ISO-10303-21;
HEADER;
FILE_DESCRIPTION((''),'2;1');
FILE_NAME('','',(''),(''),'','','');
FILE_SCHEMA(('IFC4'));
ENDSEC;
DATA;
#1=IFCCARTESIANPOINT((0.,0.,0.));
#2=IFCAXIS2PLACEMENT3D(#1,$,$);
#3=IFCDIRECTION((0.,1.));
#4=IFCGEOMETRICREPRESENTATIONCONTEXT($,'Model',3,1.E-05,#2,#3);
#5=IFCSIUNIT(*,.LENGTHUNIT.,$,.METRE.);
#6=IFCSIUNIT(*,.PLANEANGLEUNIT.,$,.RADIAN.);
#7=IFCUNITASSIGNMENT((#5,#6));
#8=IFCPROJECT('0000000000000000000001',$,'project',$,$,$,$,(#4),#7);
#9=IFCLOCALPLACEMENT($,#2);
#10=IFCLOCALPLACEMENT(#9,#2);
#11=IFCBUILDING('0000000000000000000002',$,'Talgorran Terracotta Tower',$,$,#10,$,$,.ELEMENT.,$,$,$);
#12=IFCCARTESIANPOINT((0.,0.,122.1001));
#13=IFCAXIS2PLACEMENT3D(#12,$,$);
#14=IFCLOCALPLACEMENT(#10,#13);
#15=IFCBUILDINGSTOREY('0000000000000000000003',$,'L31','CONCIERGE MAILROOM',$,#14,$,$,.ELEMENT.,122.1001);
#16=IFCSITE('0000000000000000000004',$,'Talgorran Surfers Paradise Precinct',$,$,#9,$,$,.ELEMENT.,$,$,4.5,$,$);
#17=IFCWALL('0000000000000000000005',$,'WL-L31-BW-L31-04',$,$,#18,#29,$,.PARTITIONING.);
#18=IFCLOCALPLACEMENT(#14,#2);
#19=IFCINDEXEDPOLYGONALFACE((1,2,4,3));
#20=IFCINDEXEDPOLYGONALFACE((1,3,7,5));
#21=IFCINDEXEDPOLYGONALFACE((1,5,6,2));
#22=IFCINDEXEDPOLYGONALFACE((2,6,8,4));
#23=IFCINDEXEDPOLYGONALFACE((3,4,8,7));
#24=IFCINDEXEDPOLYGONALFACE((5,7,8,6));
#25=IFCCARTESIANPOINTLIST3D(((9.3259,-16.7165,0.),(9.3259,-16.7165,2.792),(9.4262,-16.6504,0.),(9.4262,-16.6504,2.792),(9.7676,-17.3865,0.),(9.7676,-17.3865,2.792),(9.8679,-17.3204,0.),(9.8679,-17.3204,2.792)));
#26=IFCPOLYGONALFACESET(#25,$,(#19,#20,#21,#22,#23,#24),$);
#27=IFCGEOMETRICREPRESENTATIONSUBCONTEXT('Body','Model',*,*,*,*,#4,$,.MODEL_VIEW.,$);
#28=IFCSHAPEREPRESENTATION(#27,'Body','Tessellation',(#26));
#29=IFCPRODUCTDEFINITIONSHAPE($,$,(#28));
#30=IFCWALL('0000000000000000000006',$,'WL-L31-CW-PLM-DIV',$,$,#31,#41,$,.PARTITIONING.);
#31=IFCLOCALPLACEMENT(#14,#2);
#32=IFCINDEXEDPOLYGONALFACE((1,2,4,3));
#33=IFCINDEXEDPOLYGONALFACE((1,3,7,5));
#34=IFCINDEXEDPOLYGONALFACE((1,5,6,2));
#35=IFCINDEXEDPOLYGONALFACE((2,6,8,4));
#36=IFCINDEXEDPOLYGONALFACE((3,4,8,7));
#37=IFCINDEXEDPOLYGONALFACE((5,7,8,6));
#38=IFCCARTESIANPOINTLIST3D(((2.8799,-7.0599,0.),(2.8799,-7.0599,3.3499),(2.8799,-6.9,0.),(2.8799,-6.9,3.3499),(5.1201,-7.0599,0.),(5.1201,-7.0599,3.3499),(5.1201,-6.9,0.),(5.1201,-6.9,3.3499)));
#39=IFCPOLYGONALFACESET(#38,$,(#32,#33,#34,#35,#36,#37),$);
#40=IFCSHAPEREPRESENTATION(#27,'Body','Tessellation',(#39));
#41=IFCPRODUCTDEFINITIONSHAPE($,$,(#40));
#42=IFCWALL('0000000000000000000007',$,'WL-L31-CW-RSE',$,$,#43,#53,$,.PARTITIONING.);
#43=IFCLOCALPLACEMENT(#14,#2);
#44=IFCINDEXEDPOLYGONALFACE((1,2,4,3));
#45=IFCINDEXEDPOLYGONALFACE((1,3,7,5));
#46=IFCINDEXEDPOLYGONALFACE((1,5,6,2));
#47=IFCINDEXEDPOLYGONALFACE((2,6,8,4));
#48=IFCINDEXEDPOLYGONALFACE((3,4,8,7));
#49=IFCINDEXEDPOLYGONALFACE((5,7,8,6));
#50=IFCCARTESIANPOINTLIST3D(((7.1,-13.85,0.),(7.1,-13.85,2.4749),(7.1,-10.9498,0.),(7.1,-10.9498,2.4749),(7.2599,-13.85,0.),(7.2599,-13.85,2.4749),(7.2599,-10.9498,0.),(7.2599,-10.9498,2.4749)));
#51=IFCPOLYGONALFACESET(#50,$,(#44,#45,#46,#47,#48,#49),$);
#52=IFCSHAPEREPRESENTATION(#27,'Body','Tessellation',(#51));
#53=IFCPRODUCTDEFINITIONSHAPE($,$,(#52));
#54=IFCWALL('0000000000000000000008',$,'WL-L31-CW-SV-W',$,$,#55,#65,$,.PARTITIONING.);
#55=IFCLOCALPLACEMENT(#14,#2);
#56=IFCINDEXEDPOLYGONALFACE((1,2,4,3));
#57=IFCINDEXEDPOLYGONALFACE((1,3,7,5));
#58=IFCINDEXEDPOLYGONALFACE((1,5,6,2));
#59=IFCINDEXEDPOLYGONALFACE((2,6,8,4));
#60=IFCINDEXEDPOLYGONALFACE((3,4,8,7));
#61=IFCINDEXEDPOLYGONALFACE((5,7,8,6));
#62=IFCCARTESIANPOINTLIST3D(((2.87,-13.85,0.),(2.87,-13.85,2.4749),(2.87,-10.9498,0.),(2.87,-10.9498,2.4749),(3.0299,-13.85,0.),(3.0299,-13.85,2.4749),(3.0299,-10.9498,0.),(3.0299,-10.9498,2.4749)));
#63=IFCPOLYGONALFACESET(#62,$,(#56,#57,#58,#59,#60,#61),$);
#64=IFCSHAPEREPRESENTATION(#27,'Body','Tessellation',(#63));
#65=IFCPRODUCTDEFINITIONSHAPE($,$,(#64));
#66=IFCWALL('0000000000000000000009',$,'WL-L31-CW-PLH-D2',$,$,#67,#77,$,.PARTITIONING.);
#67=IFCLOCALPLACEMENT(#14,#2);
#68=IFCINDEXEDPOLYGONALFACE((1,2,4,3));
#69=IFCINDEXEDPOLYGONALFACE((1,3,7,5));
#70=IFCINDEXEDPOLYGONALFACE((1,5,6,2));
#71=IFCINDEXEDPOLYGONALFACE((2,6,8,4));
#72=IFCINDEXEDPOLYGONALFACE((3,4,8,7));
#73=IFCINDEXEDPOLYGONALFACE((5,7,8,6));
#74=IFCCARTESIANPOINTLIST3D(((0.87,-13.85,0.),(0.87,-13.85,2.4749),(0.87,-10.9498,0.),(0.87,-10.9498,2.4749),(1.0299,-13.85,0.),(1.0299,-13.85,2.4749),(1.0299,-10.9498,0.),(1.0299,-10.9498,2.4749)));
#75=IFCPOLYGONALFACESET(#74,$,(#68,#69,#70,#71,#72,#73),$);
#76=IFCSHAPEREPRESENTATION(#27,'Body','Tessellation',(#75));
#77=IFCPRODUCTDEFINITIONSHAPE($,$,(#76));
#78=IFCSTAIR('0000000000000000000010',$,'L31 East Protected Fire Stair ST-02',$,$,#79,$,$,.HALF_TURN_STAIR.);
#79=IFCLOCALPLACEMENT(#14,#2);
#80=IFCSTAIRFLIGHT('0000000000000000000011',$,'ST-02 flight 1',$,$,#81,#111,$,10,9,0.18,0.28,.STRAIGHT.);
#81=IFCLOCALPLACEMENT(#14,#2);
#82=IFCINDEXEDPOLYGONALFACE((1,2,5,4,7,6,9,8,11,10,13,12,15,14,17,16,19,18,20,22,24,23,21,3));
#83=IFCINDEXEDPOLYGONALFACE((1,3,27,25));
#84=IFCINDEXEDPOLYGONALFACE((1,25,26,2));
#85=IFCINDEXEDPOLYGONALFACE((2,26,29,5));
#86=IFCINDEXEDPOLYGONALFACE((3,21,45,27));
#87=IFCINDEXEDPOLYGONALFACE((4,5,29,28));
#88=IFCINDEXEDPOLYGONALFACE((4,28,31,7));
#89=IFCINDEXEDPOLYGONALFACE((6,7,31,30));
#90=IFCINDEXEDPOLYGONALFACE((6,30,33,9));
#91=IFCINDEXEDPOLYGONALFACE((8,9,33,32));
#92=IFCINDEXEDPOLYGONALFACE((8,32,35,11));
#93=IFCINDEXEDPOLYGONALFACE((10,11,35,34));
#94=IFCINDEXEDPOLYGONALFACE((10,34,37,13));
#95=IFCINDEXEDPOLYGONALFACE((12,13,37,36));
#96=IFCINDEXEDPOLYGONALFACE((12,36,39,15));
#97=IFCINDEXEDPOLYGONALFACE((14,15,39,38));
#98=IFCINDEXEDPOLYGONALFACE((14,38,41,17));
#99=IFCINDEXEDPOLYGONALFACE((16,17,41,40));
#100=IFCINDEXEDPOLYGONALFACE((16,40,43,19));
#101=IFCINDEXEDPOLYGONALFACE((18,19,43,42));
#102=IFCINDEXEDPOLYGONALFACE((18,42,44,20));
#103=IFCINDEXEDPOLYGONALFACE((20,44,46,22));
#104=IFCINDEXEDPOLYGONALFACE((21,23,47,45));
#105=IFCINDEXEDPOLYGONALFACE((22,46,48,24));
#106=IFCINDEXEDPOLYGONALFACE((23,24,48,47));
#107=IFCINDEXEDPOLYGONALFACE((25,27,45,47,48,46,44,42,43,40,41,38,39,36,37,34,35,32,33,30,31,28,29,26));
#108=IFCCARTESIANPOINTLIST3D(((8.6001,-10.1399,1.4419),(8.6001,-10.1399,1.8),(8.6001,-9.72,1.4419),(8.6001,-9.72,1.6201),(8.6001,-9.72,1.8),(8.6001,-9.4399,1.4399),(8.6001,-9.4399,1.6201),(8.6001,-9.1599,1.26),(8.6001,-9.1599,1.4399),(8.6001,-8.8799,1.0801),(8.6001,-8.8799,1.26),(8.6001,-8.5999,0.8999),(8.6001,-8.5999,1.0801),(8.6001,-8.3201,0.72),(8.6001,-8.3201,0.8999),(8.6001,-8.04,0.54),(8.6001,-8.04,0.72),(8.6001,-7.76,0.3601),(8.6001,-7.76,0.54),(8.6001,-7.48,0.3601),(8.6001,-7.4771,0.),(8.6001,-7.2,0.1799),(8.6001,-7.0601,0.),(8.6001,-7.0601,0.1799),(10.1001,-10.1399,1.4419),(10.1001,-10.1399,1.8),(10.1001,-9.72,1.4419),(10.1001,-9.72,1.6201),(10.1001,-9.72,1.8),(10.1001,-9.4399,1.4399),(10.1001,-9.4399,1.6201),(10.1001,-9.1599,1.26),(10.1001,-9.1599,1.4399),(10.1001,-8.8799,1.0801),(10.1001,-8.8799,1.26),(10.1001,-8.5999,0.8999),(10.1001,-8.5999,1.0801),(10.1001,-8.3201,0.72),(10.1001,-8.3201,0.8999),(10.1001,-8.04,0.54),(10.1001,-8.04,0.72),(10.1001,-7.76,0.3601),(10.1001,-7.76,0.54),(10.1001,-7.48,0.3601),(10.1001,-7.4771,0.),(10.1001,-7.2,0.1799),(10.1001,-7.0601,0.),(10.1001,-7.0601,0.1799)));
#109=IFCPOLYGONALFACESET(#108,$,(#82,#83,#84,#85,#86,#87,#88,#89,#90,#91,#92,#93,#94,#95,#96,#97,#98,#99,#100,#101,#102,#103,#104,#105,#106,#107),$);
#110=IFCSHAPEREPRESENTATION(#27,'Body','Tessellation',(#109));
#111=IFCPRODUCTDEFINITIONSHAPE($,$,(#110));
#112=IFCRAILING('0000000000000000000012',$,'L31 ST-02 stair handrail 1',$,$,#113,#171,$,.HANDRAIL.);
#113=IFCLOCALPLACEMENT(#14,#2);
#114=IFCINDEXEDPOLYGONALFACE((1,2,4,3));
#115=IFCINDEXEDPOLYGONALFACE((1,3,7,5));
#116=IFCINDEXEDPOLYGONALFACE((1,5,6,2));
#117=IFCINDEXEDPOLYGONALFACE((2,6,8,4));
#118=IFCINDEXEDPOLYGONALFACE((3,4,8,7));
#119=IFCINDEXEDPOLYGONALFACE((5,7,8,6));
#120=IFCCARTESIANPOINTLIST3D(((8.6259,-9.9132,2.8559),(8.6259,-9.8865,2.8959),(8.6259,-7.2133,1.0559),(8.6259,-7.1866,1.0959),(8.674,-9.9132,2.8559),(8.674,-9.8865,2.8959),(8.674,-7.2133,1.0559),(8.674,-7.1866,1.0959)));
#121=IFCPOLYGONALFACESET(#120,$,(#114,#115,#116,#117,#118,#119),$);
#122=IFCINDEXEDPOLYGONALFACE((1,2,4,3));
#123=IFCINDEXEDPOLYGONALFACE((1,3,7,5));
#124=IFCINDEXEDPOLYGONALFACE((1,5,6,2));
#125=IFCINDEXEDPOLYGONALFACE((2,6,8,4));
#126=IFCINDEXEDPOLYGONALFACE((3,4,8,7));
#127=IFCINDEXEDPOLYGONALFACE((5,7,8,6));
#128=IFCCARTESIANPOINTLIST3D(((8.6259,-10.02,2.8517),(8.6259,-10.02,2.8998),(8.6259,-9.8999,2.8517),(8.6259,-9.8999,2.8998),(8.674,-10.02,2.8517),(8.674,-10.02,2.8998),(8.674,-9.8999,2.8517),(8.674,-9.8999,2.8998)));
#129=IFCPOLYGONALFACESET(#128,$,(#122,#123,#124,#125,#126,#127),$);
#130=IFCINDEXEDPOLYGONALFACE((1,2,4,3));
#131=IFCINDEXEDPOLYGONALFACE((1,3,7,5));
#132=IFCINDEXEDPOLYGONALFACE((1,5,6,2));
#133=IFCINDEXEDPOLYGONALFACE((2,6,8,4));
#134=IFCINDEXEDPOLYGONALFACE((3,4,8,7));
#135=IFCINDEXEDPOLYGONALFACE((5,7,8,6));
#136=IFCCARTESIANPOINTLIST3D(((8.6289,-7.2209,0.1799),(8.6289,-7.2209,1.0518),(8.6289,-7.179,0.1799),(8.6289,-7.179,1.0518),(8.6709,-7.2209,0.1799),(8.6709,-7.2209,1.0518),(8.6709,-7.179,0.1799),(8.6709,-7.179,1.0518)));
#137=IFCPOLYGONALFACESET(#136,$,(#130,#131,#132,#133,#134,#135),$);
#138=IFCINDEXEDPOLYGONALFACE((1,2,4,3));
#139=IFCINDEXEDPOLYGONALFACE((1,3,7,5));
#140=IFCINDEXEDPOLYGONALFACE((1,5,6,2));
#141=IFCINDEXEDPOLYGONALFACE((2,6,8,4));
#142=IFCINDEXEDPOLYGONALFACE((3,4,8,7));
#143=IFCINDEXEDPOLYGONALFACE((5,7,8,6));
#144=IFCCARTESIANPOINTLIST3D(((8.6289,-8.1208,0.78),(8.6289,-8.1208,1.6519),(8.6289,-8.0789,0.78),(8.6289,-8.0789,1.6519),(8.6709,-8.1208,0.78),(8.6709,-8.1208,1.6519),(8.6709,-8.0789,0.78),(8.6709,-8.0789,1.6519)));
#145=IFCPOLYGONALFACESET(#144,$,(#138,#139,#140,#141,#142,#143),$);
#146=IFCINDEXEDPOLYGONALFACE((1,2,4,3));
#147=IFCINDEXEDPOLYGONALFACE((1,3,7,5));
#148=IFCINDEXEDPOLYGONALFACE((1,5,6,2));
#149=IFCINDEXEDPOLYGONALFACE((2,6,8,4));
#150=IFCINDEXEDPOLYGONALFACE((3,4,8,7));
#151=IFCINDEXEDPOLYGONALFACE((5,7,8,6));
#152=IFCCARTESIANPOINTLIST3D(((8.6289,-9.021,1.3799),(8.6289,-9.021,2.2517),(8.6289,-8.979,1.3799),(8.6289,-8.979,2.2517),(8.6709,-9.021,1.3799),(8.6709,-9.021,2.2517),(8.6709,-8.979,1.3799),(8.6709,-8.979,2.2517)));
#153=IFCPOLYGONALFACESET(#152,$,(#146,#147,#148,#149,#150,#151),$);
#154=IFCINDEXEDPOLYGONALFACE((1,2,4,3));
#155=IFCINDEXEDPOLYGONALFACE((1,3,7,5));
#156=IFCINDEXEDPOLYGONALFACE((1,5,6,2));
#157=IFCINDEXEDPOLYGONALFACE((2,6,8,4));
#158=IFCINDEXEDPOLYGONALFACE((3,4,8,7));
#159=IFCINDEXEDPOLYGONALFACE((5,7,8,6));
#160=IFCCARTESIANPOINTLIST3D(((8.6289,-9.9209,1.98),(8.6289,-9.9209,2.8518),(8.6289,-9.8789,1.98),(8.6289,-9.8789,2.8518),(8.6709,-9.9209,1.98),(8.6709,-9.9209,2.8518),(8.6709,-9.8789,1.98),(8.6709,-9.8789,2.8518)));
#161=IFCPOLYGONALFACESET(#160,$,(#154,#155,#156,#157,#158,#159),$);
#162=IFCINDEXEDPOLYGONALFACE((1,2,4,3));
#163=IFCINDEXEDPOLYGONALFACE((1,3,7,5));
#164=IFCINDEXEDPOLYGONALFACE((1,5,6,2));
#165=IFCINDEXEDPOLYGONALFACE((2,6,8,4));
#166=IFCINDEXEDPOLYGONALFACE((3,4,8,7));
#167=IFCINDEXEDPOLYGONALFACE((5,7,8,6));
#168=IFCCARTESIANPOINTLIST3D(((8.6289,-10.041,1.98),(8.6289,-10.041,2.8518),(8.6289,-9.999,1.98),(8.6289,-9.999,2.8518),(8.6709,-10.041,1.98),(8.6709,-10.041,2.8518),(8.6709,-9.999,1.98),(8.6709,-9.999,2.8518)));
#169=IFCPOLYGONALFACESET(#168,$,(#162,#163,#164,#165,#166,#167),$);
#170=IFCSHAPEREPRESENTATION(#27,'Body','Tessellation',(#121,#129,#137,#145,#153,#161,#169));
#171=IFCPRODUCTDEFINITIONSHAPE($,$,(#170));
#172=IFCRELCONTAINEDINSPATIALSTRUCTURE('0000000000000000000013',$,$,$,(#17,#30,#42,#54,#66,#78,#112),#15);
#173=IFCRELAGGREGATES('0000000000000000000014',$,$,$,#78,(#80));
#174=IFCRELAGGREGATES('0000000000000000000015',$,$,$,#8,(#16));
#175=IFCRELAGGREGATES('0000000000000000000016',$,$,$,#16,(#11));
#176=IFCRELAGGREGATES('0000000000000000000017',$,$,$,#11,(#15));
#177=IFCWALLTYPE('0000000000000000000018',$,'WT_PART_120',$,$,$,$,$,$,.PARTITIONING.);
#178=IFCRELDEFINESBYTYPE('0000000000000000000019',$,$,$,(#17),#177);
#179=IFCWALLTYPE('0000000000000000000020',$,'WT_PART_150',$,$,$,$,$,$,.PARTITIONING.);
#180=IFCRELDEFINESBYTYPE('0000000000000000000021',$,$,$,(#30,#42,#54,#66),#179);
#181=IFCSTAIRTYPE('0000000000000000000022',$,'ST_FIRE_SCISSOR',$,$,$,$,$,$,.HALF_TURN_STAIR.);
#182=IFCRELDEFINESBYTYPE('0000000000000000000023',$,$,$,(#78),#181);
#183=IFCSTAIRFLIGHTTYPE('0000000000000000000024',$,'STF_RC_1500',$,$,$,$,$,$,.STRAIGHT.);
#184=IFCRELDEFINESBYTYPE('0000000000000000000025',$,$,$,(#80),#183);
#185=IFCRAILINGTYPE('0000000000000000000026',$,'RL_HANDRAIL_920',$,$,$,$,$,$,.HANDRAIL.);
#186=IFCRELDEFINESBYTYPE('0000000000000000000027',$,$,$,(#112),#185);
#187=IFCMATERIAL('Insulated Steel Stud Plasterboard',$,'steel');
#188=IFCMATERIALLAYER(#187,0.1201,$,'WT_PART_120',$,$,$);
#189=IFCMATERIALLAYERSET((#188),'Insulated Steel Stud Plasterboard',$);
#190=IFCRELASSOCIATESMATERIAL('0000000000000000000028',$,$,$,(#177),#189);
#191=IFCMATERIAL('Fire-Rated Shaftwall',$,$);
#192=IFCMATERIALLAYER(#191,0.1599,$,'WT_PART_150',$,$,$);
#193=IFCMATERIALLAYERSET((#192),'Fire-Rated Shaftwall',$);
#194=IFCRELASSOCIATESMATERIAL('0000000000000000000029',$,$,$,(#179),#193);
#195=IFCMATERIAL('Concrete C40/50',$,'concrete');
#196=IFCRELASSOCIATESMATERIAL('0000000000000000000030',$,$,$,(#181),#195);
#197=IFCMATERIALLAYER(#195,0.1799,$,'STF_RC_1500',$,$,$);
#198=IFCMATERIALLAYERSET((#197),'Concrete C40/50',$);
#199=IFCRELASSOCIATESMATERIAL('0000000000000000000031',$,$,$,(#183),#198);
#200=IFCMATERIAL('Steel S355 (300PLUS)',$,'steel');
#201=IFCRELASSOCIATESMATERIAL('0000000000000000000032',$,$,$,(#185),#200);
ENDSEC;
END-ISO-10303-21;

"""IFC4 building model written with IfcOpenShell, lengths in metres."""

from ifc_helpers import new_model, si_unit, direction, frame, frame_2d, origin, origin_2d, place, context, subcontext, project, spatial, polyline, rectangle, outline, extrude, material, layer, layer_set, type_object, element, aggregate, save


model = new_model("IFC4")

# Units and contexts
model_context = context("Model", 3, precision=1e-05, world=origin(), true_north=direction((0.0, 1.0)))
body_context = subcontext(model_context, "Body", "Model", "MODEL_VIEW")
ifc_project = project(units=[si_unit("LENGTHUNIT", "METRE"), si_unit("PLANEANGLEUNIT", "RADIAN")], contexts=[model_context])

# Site, building, storey
site_placement = place(None, origin())
site = spatial("IfcSite", under=ifc_project, at=site_placement, Name="Talgorran Surfers Paradise Precinct", CompositionType="ELEMENT", RefElevation=4.5)
building_placement = place(site_placement, origin())
building = spatial("IfcBuilding", under=site, at=building_placement, Name="Talgorran Terracotta Tower", CompositionType="ELEMENT")
storey_placement = place(building_placement, frame((0.0, 0.0, 122.1001)))
storey = spatial("IfcBuildingStorey", under=building, at=storey_placement, Name="L31", Description="CONCIERGE MAILROOM", CompositionType="ELEMENT", Elevation=122.1001)

# Shared definitions
ifc_material_1 = material(Name="Steel S355 (300PLUS)", Category="steel")

# Walls
ifc_material_2 = material(Name="Insulated Steel Stud Plasterboard", Category="steel")
ifc_layer_1 = layer(ifc_material_2, 0.1201, Name="WT_PART_120")
ifc_layer_set_1 = layer_set([ifc_layer_1], Name="Insulated Steel Stud Plasterboard")
wall_type_1 = type_object("IfcWallType", Name="WT_PART_120", PredefinedType="PARTITIONING", material=ifc_layer_set_1)
wall_1_placement = place(storey_placement, frame((9.376, -16.6833, 0.0), z_axis=(0.0, 0.0, 1.0), x_axis=(0.55041, -0.834895, 0.0)))
element("IfcWall", 1, at=wall_1_placement, inside=storey, type_object=wall_type_1, Name="WL-L31-BW-L31-04", PredefinedType="PARTITIONING", context=body_context, shape_type="SweptSolid", body=[
    extrude(rectangle(XDim=0.8025, YDim=0.1201, at=frame_2d((0.4014, 0.0))), origin(), (0.0, 0.0, 1.0), 2.792),
])
ifc_material_3 = material(Name="Fire-Rated Shaftwall")
ifc_layer_2 = layer(ifc_material_3, 0.1599, Name="WT_PART_150")
ifc_layer_set_2 = layer_set([ifc_layer_2], Name="Fire-Rated Shaftwall")
wall_type_2 = type_object("IfcWallType", Name="WT_PART_150", PredefinedType="PARTITIONING", material=ifc_layer_set_2)
wall_2_placement = place(storey_placement, frame((2.8799, -6.98, 0.0), z_axis=(0.0, 0.0, 1.0), x_axis=(1.0, 0.0, 0.0)))
element("IfcWall", 2, at=wall_2_placement, inside=storey, type_object=wall_type_2, Name="WL-L31-CW-PLM-DIV", PredefinedType="PARTITIONING", context=body_context, shape_type="SweptSolid", body=[
    extrude(rectangle(XDim=2.2402, YDim=0.1599, at=frame_2d((1.1201, 0.0))), origin(), (0.0, 0.0, 1.0), 3.3499),
])
for number, where, z_axis, x_axis, name in (
    (3, (7.1799, -13.8501, 0.0), (0.0, 0.0, 1.0), (0.0, 1.0, 0.0), "WL-L31-CW-RSE"),
    (4, (2.95, -13.8501, 0.0), (0.0, 0.0, 1.0), (0.0, 1.0, 0.0), "WL-L31-CW-SV-W"),
    (5, (0.95, -13.8501, 0.0), (0.0, 0.0, 1.0), (0.0, 1.0, 0.0), "WL-L31-CW-PLH-D2"),
):
    element("IfcWall", number, at=place(storey_placement, frame(where, z_axis=z_axis, x_axis=x_axis)), inside=storey, type_object=wall_type_2, Name=name, PredefinedType="PARTITIONING", context=body_context, shape_type="SweptSolid", body=[
        extrude(rectangle(XDim=2.9001, YDim=0.1599, at=frame_2d((1.4502, 0.0))), origin(), (0.0, 0.0, 1.0), 2.4749),
    ])

# Stair, stair flight
ifc_material_4 = material(Name="Concrete C40/50", Category="concrete")
stair_type = type_object("IfcStairType", Name="ST_FIRE_SCISSOR", PredefinedType="HALF_TURN_STAIR", material=ifc_material_4)
stair_placement = place(storey_placement, origin())
stair = element("IfcStair", 6, at=stair_placement, inside=storey, type_object=stair_type, Name="L31 East Protected Fire Stair ST-02", PredefinedType="HALF_TURN_STAIR")
ifc_layer_3 = layer(ifc_material_4, 0.1799, Name="STF_RC_1500")
ifc_layer_set_3 = layer_set([ifc_layer_3], Name="Concrete C40/50")
stair_flight_type = type_object("IfcStairFlightType", Name="STF_RC_1500", PredefinedType="STRAIGHT", material=ifc_layer_set_3)
stair_flight_placement = place(storey_placement, frame((9.3501, -7.2, 0.0), z_axis=(0.0, 0.0, 1.0), x_axis=(0.0, -1.0, 0.0)))
stair_flight = element("IfcStairFlight", 7, at=stair_flight_placement, type_object=stair_flight_type, Name="ST-02 flight 1", NumberOfRisers=10, NumberOfTreads=9, PredefinedType="STRAIGHT", RiserHeight=0.18, TreadLength=0.28, context=body_context, shape_type="SweptSolid", body=[
    extrude(outline(polyline([(-0.1399, 0.0), (-0.1399, 0.1799), (0.0, 0.1799), (0.28, 0.3601), (0.5601, 0.3601), (0.5601, 0.54), (0.8401, 0.54), (0.8401, 0.72), (1.1201, 0.72), (1.1201, 0.8999), (1.3999, 0.8999), (1.3999, 1.0801), (1.6799, 1.0801), (1.6799, 1.26), (1.96, 1.26), (1.96, 1.4399), (2.24, 1.4399), (2.24, 1.6201), (2.52, 1.6201), (2.52, 1.8), (2.9399, 1.8), (2.9399, 1.4419), (2.52, 1.4419), (0.2771, 0.0), (-0.1399, 0.0)])), frame((0.0, 0.75, 0.0), z_axis=(0.0, -1.0, 0.0), x_axis=(1.0, 0.0, 0.0)), (0.0, 0.0, 1.0), 1.5),
])
aggregate(stair, [stair_flight])

# Railing
railing_type_1 = type_object("IfcRailingType", Name="RL_HANDRAIL_920", PredefinedType="HANDRAIL", material=ifc_material_1)
railing_1_placement = place(storey_placement, frame((8.6499, -7.2, 0.1799)))
element("IfcRailing", 8, at=railing_1_placement, inside=storey, type_object=railing_type_1, Name="L31 ST-02 stair handrail 1", PredefinedType="HANDRAIL", context=body_context, shape_type="SweptSolid", body=[
    extrude(rectangle(XDim=0.0481, YDim=0.0481, at=origin_2d()), frame((0.0, 0.0, 0.896), z_axis=(0.0, -0.832039, 0.554718), x_axis=(1.0, 0.0, 0.0)), (0.0, 0.0, 1.0), 3.2449),
    extrude(rectangle(XDim=0.0481, YDim=0.0481, at=origin_2d()), frame((0.0, -2.7, 2.6958), z_axis=(0.0, -1.0, 0.0), x_axis=(1.0, 0.0, 0.0)), (0.0, 0.0, 1.0), 0.1201),
    extrude(rectangle(XDim=0.042, YDim=0.042, at=origin_2d()), origin(), (0.0, 0.0, 1.0), 0.8718),
    extrude(rectangle(XDim=0.042, YDim=0.042, at=origin_2d()), frame((0.0, -0.8999, 0.6001)), (0.0, 0.0, 1.0), 0.8718),
    extrude(rectangle(XDim=0.042, YDim=0.042, at=origin_2d()), frame((0.0, -1.8, 1.2)), (0.0, 0.0, 1.0), 0.8718),
    extrude(rectangle(XDim=0.042, YDim=0.042, at=origin_2d()), frame((0.0, -2.7, 1.8)), (0.0, 0.0, 1.0), 0.8718),
    extrude(rectangle(XDim=0.042, YDim=0.042, at=origin_2d()), frame((0.0, -2.8201, 1.8)), (0.0, 0.0, 1.0), 0.8718),
])

save(model, "model.ifc")
